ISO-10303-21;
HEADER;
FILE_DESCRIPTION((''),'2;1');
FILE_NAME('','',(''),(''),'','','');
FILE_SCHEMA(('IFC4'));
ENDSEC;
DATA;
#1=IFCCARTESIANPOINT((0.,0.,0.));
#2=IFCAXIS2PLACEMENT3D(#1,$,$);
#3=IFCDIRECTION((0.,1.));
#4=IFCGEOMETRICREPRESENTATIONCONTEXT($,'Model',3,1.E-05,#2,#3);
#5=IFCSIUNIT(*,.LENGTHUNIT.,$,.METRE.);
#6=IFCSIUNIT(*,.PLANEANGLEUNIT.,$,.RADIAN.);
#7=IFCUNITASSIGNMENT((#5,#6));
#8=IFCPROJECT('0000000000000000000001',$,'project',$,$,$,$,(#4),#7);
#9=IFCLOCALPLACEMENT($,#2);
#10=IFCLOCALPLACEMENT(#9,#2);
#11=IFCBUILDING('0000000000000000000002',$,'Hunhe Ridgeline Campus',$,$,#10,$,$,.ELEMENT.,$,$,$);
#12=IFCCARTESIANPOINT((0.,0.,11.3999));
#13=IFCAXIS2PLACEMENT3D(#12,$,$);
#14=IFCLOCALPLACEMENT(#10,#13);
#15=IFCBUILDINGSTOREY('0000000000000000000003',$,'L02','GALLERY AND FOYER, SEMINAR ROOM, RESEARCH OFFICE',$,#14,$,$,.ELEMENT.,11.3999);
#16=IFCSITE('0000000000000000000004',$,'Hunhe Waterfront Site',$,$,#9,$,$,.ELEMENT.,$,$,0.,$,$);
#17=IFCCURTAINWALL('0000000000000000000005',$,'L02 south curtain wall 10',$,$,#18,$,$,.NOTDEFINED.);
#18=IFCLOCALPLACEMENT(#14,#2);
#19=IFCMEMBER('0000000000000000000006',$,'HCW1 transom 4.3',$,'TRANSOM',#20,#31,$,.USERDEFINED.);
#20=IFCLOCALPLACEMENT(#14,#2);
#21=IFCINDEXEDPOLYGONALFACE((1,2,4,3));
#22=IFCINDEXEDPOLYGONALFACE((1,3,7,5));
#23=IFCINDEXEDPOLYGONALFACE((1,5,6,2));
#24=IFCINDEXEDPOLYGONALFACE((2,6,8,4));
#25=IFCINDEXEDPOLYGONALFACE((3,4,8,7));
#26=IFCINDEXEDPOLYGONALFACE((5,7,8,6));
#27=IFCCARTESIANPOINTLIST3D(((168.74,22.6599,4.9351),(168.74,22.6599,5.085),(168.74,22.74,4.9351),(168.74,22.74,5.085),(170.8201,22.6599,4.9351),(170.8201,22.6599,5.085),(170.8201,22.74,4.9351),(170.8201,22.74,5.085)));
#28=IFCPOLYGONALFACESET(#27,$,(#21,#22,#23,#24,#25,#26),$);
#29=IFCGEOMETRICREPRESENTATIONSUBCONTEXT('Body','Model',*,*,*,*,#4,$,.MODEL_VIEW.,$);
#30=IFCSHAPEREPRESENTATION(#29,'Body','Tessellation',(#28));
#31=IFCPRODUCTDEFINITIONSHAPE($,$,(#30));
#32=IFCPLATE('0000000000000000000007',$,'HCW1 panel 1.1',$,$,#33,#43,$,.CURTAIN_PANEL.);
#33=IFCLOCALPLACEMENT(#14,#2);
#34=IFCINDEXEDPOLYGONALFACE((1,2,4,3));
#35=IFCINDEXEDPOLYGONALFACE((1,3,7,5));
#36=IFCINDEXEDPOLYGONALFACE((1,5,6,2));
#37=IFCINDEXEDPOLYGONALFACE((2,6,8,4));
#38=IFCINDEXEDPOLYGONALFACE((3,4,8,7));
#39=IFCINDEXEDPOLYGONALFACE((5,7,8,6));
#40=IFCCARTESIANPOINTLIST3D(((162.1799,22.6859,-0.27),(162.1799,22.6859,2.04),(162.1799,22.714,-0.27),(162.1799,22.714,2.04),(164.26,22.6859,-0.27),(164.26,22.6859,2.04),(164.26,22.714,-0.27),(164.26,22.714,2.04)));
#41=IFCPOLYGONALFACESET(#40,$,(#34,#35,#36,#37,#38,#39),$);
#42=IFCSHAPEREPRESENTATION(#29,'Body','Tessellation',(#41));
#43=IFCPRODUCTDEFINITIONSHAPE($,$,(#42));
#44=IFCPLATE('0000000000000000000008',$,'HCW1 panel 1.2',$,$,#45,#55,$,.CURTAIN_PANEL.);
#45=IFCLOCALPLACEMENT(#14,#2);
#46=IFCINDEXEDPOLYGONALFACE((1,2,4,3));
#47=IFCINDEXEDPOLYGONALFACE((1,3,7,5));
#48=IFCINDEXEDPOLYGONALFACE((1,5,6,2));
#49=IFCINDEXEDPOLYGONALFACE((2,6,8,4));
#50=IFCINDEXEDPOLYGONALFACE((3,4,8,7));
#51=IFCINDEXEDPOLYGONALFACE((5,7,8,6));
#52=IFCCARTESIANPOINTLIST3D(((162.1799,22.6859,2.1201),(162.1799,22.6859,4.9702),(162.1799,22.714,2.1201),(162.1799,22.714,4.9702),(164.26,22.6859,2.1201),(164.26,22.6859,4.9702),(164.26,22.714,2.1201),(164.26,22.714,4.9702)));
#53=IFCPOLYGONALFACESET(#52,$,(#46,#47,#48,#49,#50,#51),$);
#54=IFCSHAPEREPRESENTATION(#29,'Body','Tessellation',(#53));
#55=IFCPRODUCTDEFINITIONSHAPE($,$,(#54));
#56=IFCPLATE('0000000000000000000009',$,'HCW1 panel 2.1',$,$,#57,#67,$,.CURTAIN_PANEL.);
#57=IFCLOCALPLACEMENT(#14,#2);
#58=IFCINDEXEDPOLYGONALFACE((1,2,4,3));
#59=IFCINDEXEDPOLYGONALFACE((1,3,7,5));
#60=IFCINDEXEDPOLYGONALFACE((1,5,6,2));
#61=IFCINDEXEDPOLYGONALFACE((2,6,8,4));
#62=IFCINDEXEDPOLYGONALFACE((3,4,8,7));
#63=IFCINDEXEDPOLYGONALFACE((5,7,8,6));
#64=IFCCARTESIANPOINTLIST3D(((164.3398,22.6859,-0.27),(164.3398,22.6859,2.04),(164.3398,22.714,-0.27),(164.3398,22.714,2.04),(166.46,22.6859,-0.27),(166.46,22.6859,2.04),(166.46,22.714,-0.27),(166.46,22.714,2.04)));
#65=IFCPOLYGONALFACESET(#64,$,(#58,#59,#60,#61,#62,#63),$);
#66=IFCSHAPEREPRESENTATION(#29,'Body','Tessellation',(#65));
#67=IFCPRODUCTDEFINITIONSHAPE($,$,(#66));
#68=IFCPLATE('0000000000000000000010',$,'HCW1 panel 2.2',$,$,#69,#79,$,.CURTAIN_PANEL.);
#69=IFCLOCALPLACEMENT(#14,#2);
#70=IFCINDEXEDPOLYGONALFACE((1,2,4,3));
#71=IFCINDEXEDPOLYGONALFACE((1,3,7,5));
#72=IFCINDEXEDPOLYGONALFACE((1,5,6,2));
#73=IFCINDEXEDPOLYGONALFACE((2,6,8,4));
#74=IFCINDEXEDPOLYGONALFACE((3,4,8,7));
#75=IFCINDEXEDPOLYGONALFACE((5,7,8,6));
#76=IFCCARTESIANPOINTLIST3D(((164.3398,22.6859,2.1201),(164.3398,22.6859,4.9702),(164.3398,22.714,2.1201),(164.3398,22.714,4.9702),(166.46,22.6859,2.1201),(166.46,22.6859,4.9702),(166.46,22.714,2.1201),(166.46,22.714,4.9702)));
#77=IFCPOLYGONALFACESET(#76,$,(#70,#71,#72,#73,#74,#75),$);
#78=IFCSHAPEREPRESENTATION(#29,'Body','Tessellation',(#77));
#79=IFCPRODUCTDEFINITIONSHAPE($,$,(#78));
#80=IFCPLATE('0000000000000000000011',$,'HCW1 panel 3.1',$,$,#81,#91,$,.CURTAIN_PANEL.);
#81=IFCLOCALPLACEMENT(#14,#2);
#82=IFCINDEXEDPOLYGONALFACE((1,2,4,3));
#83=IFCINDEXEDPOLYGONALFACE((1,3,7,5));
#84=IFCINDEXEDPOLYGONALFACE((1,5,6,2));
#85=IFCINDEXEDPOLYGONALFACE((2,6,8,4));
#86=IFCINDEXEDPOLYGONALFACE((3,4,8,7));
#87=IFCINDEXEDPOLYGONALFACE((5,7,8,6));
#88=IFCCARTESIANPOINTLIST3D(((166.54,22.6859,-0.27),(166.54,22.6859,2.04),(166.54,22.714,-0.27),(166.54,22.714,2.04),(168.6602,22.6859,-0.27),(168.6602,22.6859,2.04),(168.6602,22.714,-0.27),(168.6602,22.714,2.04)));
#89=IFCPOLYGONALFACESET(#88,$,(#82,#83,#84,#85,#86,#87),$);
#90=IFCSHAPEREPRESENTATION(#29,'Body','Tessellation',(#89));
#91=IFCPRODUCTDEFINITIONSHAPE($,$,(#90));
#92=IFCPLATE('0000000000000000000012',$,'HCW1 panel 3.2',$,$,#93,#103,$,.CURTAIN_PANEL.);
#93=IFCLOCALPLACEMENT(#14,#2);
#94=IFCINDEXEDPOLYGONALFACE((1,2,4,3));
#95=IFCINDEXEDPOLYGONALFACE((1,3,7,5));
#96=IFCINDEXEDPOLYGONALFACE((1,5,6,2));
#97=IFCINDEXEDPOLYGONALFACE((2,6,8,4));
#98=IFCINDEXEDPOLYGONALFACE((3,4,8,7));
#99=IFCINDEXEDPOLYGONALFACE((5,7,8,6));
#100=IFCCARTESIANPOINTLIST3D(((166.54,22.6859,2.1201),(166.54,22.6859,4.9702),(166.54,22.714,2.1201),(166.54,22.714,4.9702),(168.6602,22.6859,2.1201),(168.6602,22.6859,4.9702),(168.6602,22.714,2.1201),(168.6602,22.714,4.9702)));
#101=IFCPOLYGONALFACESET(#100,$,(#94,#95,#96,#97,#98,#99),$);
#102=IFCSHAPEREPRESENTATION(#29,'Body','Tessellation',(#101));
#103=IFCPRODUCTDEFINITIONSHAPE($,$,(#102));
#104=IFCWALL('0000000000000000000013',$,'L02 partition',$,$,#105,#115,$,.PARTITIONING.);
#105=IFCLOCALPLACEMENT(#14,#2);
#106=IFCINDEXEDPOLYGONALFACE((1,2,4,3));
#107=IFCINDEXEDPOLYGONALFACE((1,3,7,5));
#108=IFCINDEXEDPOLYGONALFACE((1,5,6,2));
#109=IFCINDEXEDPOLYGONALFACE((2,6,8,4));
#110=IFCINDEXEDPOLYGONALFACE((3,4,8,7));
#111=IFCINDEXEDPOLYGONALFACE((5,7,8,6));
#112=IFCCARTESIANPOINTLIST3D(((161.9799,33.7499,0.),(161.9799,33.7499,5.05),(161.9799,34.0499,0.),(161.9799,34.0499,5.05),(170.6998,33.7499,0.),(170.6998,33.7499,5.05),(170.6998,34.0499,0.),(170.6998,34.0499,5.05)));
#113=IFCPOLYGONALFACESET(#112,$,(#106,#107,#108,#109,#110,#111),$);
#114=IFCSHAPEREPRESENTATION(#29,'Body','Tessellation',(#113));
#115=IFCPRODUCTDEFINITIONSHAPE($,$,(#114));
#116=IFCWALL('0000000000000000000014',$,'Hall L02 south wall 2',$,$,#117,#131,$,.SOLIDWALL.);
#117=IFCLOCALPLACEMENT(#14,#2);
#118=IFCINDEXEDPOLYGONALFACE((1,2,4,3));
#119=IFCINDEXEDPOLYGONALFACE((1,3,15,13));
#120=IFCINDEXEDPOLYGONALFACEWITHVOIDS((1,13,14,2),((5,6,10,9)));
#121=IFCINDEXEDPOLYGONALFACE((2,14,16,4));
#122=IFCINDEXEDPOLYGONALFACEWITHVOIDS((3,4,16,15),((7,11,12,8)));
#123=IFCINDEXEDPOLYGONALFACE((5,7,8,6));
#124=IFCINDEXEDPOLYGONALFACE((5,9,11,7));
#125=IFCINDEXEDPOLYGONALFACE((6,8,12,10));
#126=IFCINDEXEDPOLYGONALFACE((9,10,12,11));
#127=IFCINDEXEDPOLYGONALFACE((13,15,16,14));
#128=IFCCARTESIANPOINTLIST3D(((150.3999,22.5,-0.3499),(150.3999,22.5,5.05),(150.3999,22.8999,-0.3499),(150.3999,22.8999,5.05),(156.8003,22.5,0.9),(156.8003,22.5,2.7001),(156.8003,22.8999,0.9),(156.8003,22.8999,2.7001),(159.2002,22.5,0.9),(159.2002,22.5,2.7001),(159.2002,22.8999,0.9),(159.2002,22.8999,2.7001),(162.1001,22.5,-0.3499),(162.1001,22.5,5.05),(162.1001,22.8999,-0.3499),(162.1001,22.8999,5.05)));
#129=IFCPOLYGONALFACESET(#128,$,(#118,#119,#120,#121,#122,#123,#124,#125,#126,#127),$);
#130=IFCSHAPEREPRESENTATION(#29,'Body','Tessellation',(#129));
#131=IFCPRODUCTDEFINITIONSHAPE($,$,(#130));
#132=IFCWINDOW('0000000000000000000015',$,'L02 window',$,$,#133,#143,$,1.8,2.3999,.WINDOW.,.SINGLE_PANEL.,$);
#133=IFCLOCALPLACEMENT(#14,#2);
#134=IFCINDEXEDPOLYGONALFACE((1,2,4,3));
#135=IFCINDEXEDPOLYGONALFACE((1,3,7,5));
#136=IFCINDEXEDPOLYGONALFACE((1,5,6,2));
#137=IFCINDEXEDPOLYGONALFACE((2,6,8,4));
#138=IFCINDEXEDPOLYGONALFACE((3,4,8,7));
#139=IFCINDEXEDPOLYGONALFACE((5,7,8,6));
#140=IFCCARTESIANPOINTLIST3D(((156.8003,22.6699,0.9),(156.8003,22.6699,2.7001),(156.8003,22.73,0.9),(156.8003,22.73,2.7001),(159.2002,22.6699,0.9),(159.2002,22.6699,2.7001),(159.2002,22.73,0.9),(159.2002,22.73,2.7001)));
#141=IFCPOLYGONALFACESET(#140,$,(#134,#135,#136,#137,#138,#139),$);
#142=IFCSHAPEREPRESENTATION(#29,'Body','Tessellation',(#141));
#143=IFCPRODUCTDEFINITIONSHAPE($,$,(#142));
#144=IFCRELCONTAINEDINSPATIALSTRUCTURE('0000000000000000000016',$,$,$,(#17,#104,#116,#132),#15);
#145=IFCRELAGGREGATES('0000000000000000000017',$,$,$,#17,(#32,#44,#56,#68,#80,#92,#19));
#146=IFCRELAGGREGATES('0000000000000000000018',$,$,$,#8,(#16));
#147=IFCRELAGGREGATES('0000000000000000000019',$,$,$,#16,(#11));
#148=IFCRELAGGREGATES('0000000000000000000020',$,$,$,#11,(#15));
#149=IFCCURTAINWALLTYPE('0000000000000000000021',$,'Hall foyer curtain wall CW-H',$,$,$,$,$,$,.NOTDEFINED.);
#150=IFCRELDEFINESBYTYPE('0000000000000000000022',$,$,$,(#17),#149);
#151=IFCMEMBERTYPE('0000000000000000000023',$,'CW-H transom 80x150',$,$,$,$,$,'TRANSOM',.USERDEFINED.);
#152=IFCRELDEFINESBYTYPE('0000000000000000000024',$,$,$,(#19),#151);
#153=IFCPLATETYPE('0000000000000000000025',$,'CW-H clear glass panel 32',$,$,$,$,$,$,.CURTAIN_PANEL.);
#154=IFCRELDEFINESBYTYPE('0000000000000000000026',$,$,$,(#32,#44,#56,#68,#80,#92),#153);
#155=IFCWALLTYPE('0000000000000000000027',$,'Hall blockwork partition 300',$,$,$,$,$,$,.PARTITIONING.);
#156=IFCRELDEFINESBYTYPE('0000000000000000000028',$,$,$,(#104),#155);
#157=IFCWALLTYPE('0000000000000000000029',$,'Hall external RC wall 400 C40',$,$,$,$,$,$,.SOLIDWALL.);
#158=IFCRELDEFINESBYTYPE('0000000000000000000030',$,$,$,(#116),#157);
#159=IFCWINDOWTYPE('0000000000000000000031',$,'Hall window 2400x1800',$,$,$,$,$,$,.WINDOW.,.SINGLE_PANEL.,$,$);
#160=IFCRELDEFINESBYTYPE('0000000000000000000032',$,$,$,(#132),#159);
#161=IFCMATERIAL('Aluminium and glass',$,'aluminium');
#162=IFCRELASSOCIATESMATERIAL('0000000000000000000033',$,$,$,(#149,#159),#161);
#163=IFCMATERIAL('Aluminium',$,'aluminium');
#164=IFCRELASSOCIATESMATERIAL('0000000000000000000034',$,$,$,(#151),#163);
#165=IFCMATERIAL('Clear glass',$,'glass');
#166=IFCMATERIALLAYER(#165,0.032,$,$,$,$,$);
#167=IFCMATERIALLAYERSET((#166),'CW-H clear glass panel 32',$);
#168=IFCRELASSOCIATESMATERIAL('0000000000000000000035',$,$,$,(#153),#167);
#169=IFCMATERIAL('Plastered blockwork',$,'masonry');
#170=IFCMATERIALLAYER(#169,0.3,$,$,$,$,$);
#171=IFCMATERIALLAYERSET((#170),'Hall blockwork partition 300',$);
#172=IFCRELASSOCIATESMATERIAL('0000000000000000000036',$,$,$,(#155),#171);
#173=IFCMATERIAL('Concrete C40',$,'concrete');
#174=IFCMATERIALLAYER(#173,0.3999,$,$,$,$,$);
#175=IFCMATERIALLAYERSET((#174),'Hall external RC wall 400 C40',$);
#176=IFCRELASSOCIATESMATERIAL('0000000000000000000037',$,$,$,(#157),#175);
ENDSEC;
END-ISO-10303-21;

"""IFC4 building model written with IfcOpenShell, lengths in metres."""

from ifc_helpers import new_model, si_unit, direction, frame, frame_2d, origin, origin_2d, place, context, subcontext, project, spatial, rectangle, extrude, material, layer, layer_set, material_profile, profile_set, type_object, element, fill, aggregate, save


model = new_model("IFC4")

# Units and contexts
model_context = context("Model", 3, precision=1e-05, world=origin(), true_north=direction((0.0, 1.0)))
body_context = subcontext(model_context, "Body", "Model", "MODEL_VIEW")
ifc_project = project(units=[si_unit("LENGTHUNIT", "METRE"), si_unit("PLANEANGLEUNIT", "RADIAN")], contexts=[model_context])

# Site, building, storey
site_placement = place(None, origin())
site = spatial("IfcSite", under=ifc_project, at=site_placement, Name="Hunhe Waterfront Site", CompositionType="ELEMENT", RefElevation=0.0)
building_placement = place(site_placement, origin())
building = spatial("IfcBuilding", under=site, at=building_placement, Name="Hunhe Ridgeline Campus", CompositionType="ELEMENT")
storey_placement = place(building_placement, frame((0.0, 0.0, 11.3999)))
storey = spatial("IfcBuildingStorey", under=building, at=storey_placement, Name="L02", Description="GALLERY AND FOYER, SEMINAR ROOM, RESEARCH OFFICE", CompositionType="ELEMENT", Elevation=11.3999)

# Curtain wall, member, plates
ifc_material_1 = material(Name="Aluminium and glass", Category="aluminium")
curtain_wall_type = type_object("IfcCurtainWallType", Name="Hall foyer curtain wall CW-H", PredefinedType="NOTDEFINED", material=ifc_material_1)
curtain_wall_placement = place(storey_placement, origin())
curtain_wall = element("IfcCurtainWall", 1, at=curtain_wall_placement, inside=storey, type_object=curtain_wall_type, Name="L02 south curtain wall 10", PredefinedType="NOTDEFINED")
ifc_material_2 = material(Name="Aluminium", Category="aluminium")
ifc_material_profile_1 = material_profile(ifc_material_2, rectangle(XDim=0.0801, YDim=0.1499, at=origin_2d()))
ifc_profile_set_1 = profile_set([ifc_material_profile_1], Name="Aluminium")
member_type_1 = type_object("IfcMemberType", Name="CW-H transom 80x150", ElementType="TRANSOM", PredefinedType="USERDEFINED", material=ifc_profile_set_1)
member_1_placement = place(storey_placement, frame((168.74, 22.7, 5.01), z_axis=(1.0, 0.0, 0.0), x_axis=(0.0, 1.0, 0.0)))
member_1 = element("IfcMember", 2, at=member_1_placement, type_object=member_type_1, Name="HCW1 transom 4.3", ObjectType="TRANSOM", PredefinedType="USERDEFINED", context=body_context, shape_type="SweptSolid", body=[
    extrude(rectangle(XDim=0.0801, YDim=0.1499, at=origin_2d()), origin(), (0.0, 0.0, 1.0), 2.0801),
])
ifc_material_3 = material(Name="Clear glass", Category="glass")
ifc_layer_1 = layer(ifc_material_3, 0.032)
ifc_layer_set_1 = layer_set([ifc_layer_1], Name="CW-H clear glass panel 32")
plate_type = type_object("IfcPlateType", Name="CW-H clear glass panel 32", PredefinedType="CURTAIN_PANEL", material=ifc_layer_set_1)
plate_1_placement = place(storey_placement, frame((163.22, 22.7, -0.27), z_axis=(0.0, 0.0, 1.0), x_axis=(1.0, 0.0, 0.0)))
plate_1 = element("IfcPlate", 3, at=plate_1_placement, type_object=plate_type, Name="HCW1 panel 1.1", PredefinedType="CURTAIN_PANEL", context=body_context, shape_type="SweptSolid", body=[
    extrude(rectangle(XDim=2.0801, YDim=0.0281, at=origin_2d()), origin(), (0.0, 0.0, 1.0), 2.3101),
])
plate_2_placement = place(storey_placement, frame((163.22, 22.7, 2.1201), z_axis=(0.0, 0.0, 1.0), x_axis=(1.0, 0.0, 0.0)))
plate_2 = element("IfcPlate", 4, at=plate_2_placement, type_object=plate_type, Name="HCW1 panel 1.2", PredefinedType="CURTAIN_PANEL", context=body_context, shape_type="SweptSolid", body=[
    extrude(rectangle(XDim=2.0801, YDim=0.0281, at=origin_2d()), origin(), (0.0, 0.0, 1.0), 2.8501),
])
plate_3_placement = place(storey_placement, frame((165.3999, 22.7, -0.27), z_axis=(0.0, 0.0, 1.0), x_axis=(1.0, 0.0, 0.0)))
plate_3 = element("IfcPlate", 5, at=plate_3_placement, type_object=plate_type, Name="HCW1 panel 2.1", PredefinedType="CURTAIN_PANEL", context=body_context, shape_type="SweptSolid", body=[
    extrude(rectangle(XDim=2.1201, YDim=0.0281, at=origin_2d()), origin(), (0.0, 0.0, 1.0), 2.3101),
])
plate_4_placement = place(storey_placement, frame((165.3999, 22.7, 2.1201), z_axis=(0.0, 0.0, 1.0), x_axis=(1.0, 0.0, 0.0)))
plate_4 = element("IfcPlate", 6, at=plate_4_placement, type_object=plate_type, Name="HCW1 panel 2.2", PredefinedType="CURTAIN_PANEL", context=body_context, shape_type="SweptSolid", body=[
    extrude(rectangle(XDim=2.1201, YDim=0.0281, at=origin_2d()), origin(), (0.0, 0.0, 1.0), 2.8501),
])
plate_5_placement = place(storey_placement, frame((167.6001, 22.7, -0.27), z_axis=(0.0, 0.0, 1.0), x_axis=(1.0, 0.0, 0.0)))
plate_5 = element("IfcPlate", 7, at=plate_5_placement, type_object=plate_type, Name="HCW1 panel 3.1", PredefinedType="CURTAIN_PANEL", context=body_context, shape_type="SweptSolid", body=[
    extrude(rectangle(XDim=2.1201, YDim=0.0281, at=origin_2d()), origin(), (0.0, 0.0, 1.0), 2.3101),
])
plate_6_placement = place(storey_placement, frame((167.6001, 22.7, 2.1201), z_axis=(0.0, 0.0, 1.0), x_axis=(1.0, 0.0, 0.0)))
plate_6 = element("IfcPlate", 8, at=plate_6_placement, type_object=plate_type, Name="HCW1 panel 3.2", PredefinedType="CURTAIN_PANEL", context=body_context, shape_type="SweptSolid", body=[
    extrude(rectangle(XDim=2.1201, YDim=0.0281, at=origin_2d()), origin(), (0.0, 0.0, 1.0), 2.8501),
])
aggregate(curtain_wall, [plate_1, plate_2, plate_3, plate_4, plate_5, plate_6, member_1])

# Shared definitions
ifc_material_4 = material(Name="Plastered blockwork", Category="masonry")
ifc_layer_2 = layer(ifc_material_4, 0.3)
ifc_layer_set_2 = layer_set([ifc_layer_2], Name="Hall blockwork partition 300")
wall_type_1 = type_object("IfcWallType", Name="Hall blockwork partition 300", PredefinedType="PARTITIONING", material=ifc_layer_set_2)

# Wall
wall_1_placement = place(storey_placement, frame((161.98, 33.8999, 0.0), z_axis=(0.0, 0.0, 1.0), x_axis=(1.0, 0.0, 0.0)))
element("IfcWall", 9, at=wall_1_placement, inside=storey, type_object=wall_type_1, Name="L02 partition", PredefinedType="PARTITIONING", context=body_context, shape_type="SweptSolid", body=[
    extrude(rectangle(XDim=8.72, YDim=0.3, at=frame_2d((4.3599, 0.0))), origin(), (0.0, 0.0, 1.0), 5.05),
])

# Wall, opening, window
ifc_material_5 = material(Name="Concrete C40", Category="concrete")
ifc_layer_3 = layer(ifc_material_5, 0.3999)
ifc_layer_set_3 = layer_set([ifc_layer_3], Name="Hall external RC wall 400 C40")
wall_type_2 = type_object("IfcWallType", Name="Hall external RC wall 400 C40", PredefinedType="SOLIDWALL", material=ifc_layer_set_3)
wall_2_placement = place(storey_placement, frame((162.1001, 22.7, -0.3499), z_axis=(0.0, 0.0, 1.0), x_axis=(-1.0, 0.0, 0.0)))
wall_2 = element("IfcWall", 10, at=wall_2_placement, inside=storey, type_object=wall_type_2, Name="Hall L02 south wall 2", PredefinedType="SOLIDWALL", context=body_context, shape_type="SweptSolid", body=[
    extrude(rectangle(XDim=11.7002, YDim=0.3999, at=frame_2d((5.8501, 0.0))), origin(), (0.0, 0.0, 1.0), 5.3999),
])
opening_1_placement = place(wall_2_placement, frame((2.8999, 0.0, 1.25)))
opening_1 = element("IfcOpeningElement", 11, at=opening_1_placement, cuts=wall_2, PredefinedType="OPENING", context=body_context, shape_type="SweptSolid", body=[
    extrude(rectangle(XDim=2.3999, YDim=1.8, at=frame_2d((1.2, 0.8999))), frame((0.0, 0.2, 0.0), z_axis=(0.0, -1.0, 0.0), x_axis=(1.0, 0.0, 0.0)), (0.0, 0.0, 1.0), 0.3999),
])
window_type = type_object("IfcWindowType", Name="Hall window 2400x1800", PartitioningType="SINGLE_PANEL", PredefinedType="WINDOW", material=ifc_material_1)
window_placement = place(opening_1_placement, origin())
window = element("IfcWindow", 12, at=window_placement, inside=storey, type_object=window_type, Name="L02 window", OverallHeight=1.8, OverallWidth=2.3999, PartitioningType="SINGLE_PANEL", PredefinedType="WINDOW", context=body_context, shape_type="SweptSolid", body=[
    extrude(rectangle(XDim=2.3999, YDim=1.8, at=frame_2d((1.2, 0.8999))), frame((0.0, 0.03, 0.0), z_axis=(0.0, -1.0, 0.0), x_axis=(1.0, 0.0, 0.0)), (0.0, 0.0, 1.0), 0.0601),
])
fill(opening_1, window)

save(model, "model.ifc")
